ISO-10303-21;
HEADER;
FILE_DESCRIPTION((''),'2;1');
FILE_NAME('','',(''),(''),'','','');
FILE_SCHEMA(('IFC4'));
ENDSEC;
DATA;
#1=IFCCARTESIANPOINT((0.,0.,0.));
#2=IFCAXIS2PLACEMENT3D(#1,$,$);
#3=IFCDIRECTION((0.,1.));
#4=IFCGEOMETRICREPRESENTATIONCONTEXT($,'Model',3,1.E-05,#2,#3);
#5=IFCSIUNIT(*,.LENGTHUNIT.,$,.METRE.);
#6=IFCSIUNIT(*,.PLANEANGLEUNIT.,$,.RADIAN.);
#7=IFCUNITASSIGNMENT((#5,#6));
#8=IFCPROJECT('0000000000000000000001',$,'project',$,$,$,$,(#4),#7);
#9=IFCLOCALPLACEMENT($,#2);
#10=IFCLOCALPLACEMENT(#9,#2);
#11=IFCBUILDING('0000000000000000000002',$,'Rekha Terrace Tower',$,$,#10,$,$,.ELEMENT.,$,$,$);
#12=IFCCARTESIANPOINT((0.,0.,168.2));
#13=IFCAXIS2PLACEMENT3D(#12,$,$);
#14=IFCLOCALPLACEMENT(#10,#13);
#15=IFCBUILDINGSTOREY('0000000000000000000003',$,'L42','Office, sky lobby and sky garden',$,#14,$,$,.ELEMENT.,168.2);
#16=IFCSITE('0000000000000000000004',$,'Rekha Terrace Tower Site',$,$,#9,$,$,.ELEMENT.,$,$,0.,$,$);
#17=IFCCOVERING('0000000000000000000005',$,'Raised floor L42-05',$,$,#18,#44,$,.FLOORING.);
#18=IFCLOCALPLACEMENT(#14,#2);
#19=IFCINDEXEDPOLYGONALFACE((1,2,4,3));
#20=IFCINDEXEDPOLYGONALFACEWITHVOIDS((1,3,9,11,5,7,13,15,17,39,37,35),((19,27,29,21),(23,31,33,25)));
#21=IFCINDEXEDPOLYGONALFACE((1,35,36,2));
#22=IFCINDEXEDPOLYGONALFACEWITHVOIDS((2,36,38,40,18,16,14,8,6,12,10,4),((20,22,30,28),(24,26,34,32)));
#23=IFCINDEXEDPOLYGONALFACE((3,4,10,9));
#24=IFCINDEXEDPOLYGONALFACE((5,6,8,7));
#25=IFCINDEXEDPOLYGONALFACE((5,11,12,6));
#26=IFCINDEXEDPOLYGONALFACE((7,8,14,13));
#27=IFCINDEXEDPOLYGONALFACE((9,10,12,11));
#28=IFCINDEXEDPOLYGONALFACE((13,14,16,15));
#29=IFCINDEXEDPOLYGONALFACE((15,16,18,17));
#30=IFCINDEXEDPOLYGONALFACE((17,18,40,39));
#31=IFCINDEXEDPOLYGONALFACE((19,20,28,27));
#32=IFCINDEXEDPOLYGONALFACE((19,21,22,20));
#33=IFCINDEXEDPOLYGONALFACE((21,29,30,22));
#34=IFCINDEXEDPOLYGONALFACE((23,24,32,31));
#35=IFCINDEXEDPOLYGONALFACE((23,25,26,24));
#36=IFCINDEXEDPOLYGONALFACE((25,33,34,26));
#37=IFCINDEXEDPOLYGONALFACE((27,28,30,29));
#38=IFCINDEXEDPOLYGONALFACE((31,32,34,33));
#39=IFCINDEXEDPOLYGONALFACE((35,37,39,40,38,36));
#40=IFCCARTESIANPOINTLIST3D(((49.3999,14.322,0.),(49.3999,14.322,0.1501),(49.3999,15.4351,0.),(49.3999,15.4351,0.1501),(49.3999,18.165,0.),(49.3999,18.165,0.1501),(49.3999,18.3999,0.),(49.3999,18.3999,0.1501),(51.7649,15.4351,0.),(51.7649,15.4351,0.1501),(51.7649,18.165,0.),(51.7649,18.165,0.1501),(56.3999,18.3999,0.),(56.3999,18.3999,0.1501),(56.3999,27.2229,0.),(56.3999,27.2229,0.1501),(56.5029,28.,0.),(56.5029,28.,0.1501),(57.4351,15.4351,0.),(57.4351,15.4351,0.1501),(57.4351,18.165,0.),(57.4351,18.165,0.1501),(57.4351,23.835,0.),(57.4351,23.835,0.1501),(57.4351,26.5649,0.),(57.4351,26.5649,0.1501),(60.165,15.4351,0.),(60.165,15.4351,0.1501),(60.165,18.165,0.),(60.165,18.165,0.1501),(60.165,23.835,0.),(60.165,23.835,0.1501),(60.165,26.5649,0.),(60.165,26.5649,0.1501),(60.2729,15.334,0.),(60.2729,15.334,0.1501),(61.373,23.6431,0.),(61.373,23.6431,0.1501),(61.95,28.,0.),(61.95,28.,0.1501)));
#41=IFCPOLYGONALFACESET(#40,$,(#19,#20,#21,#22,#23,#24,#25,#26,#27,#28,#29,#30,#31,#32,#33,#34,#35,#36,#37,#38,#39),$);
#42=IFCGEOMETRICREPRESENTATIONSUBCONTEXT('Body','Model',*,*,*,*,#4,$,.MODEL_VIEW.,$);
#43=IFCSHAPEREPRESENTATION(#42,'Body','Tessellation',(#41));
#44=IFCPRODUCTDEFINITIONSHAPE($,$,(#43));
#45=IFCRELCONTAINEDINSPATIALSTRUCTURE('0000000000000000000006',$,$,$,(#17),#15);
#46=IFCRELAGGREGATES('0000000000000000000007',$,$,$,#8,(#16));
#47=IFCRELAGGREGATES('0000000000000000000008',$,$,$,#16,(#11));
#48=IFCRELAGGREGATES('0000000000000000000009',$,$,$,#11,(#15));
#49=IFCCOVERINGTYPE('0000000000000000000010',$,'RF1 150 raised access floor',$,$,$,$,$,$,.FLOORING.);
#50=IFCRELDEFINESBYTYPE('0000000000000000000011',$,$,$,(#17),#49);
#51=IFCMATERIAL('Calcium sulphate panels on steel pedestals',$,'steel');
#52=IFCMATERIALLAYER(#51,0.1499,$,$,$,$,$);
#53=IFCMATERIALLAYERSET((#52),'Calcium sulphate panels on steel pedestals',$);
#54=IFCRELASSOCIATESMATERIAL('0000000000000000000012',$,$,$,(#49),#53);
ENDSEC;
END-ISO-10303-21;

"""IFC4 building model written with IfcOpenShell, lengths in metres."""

from ifc_helpers import new_model, si_unit, direction, frame, origin, place, context, subcontext, project, spatial, polyline, outline, extrude, material, layer, layer_set, type_object, element, save


model = new_model("IFC4")

# Units and contexts
model_context = context("Model", 3, precision=1e-05, world=origin(), true_north=direction((0.0, 1.0)))
body_context = subcontext(model_context, "Body", "Model", "MODEL_VIEW")
ifc_project = project(units=[si_unit("LENGTHUNIT", "METRE"), si_unit("PLANEANGLEUNIT", "RADIAN")], contexts=[model_context])

# Site, building, storey
site_placement = place(None, origin())
site = spatial("IfcSite", under=ifc_project, at=site_placement, Name="Rekha Terrace Tower Site", CompositionType="ELEMENT", RefElevation=0.0)
building_placement = place(site_placement, origin())
building = spatial("IfcBuilding", under=site, at=building_placement, Name="Rekha Terrace Tower", CompositionType="ELEMENT")
storey_placement = place(building_placement, frame((0.0, 0.0, 168.2)))
storey = spatial("IfcBuildingStorey", under=building, at=storey_placement, Name="L42", Description="Office, sky lobby and sky garden", CompositionType="ELEMENT", Elevation=168.2)

# Covering
ifc_material_1 = material(Name="Calcium sulphate panels on steel pedestals", Category="steel")
ifc_layer_1 = layer(ifc_material_1, 0.1499)
ifc_layer_set_1 = layer_set([ifc_layer_1], Name="Calcium sulphate panels on steel pedestals")
covering_type_1 = type_object("IfcCoveringType", Name="RF1 150 raised access floor", PredefinedType="FLOORING", material=ifc_layer_set_1)
covering_1_placement = place(storey_placement, origin())
element("IfcCovering", 1, at=covering_1_placement, inside=storey, type_object=covering_type_1, Name="Raised floor L42-05", PredefinedType="FLOORING", context=body_context, shape_type="SweptSolid", body=[
    extrude(outline(polyline([(56.5029, 28.0), (56.3999, 27.2229), (56.3999, 18.3999), (49.3999, 18.3999), (49.3999, 18.165), (51.7649, 18.165), (51.7649, 15.4351), (49.3999, 15.4351), (49.3999, 14.322), (60.2729, 15.334), (61.373, 23.6431), (61.95, 28.0), (56.5029, 28.0)]), holes=[polyline([(60.165, 15.4351), (57.4351, 15.4351), (57.4351, 18.165), (60.165, 18.165), (60.165, 15.4351)]), polyline([(60.165, 23.835), (57.4351, 23.835), (57.4351, 26.5649), (60.165, 26.5649), (60.165, 23.835)])]), origin(), (0.0, 0.0, 1.0), 0.1501),
])

save(model, "model.ifc")
